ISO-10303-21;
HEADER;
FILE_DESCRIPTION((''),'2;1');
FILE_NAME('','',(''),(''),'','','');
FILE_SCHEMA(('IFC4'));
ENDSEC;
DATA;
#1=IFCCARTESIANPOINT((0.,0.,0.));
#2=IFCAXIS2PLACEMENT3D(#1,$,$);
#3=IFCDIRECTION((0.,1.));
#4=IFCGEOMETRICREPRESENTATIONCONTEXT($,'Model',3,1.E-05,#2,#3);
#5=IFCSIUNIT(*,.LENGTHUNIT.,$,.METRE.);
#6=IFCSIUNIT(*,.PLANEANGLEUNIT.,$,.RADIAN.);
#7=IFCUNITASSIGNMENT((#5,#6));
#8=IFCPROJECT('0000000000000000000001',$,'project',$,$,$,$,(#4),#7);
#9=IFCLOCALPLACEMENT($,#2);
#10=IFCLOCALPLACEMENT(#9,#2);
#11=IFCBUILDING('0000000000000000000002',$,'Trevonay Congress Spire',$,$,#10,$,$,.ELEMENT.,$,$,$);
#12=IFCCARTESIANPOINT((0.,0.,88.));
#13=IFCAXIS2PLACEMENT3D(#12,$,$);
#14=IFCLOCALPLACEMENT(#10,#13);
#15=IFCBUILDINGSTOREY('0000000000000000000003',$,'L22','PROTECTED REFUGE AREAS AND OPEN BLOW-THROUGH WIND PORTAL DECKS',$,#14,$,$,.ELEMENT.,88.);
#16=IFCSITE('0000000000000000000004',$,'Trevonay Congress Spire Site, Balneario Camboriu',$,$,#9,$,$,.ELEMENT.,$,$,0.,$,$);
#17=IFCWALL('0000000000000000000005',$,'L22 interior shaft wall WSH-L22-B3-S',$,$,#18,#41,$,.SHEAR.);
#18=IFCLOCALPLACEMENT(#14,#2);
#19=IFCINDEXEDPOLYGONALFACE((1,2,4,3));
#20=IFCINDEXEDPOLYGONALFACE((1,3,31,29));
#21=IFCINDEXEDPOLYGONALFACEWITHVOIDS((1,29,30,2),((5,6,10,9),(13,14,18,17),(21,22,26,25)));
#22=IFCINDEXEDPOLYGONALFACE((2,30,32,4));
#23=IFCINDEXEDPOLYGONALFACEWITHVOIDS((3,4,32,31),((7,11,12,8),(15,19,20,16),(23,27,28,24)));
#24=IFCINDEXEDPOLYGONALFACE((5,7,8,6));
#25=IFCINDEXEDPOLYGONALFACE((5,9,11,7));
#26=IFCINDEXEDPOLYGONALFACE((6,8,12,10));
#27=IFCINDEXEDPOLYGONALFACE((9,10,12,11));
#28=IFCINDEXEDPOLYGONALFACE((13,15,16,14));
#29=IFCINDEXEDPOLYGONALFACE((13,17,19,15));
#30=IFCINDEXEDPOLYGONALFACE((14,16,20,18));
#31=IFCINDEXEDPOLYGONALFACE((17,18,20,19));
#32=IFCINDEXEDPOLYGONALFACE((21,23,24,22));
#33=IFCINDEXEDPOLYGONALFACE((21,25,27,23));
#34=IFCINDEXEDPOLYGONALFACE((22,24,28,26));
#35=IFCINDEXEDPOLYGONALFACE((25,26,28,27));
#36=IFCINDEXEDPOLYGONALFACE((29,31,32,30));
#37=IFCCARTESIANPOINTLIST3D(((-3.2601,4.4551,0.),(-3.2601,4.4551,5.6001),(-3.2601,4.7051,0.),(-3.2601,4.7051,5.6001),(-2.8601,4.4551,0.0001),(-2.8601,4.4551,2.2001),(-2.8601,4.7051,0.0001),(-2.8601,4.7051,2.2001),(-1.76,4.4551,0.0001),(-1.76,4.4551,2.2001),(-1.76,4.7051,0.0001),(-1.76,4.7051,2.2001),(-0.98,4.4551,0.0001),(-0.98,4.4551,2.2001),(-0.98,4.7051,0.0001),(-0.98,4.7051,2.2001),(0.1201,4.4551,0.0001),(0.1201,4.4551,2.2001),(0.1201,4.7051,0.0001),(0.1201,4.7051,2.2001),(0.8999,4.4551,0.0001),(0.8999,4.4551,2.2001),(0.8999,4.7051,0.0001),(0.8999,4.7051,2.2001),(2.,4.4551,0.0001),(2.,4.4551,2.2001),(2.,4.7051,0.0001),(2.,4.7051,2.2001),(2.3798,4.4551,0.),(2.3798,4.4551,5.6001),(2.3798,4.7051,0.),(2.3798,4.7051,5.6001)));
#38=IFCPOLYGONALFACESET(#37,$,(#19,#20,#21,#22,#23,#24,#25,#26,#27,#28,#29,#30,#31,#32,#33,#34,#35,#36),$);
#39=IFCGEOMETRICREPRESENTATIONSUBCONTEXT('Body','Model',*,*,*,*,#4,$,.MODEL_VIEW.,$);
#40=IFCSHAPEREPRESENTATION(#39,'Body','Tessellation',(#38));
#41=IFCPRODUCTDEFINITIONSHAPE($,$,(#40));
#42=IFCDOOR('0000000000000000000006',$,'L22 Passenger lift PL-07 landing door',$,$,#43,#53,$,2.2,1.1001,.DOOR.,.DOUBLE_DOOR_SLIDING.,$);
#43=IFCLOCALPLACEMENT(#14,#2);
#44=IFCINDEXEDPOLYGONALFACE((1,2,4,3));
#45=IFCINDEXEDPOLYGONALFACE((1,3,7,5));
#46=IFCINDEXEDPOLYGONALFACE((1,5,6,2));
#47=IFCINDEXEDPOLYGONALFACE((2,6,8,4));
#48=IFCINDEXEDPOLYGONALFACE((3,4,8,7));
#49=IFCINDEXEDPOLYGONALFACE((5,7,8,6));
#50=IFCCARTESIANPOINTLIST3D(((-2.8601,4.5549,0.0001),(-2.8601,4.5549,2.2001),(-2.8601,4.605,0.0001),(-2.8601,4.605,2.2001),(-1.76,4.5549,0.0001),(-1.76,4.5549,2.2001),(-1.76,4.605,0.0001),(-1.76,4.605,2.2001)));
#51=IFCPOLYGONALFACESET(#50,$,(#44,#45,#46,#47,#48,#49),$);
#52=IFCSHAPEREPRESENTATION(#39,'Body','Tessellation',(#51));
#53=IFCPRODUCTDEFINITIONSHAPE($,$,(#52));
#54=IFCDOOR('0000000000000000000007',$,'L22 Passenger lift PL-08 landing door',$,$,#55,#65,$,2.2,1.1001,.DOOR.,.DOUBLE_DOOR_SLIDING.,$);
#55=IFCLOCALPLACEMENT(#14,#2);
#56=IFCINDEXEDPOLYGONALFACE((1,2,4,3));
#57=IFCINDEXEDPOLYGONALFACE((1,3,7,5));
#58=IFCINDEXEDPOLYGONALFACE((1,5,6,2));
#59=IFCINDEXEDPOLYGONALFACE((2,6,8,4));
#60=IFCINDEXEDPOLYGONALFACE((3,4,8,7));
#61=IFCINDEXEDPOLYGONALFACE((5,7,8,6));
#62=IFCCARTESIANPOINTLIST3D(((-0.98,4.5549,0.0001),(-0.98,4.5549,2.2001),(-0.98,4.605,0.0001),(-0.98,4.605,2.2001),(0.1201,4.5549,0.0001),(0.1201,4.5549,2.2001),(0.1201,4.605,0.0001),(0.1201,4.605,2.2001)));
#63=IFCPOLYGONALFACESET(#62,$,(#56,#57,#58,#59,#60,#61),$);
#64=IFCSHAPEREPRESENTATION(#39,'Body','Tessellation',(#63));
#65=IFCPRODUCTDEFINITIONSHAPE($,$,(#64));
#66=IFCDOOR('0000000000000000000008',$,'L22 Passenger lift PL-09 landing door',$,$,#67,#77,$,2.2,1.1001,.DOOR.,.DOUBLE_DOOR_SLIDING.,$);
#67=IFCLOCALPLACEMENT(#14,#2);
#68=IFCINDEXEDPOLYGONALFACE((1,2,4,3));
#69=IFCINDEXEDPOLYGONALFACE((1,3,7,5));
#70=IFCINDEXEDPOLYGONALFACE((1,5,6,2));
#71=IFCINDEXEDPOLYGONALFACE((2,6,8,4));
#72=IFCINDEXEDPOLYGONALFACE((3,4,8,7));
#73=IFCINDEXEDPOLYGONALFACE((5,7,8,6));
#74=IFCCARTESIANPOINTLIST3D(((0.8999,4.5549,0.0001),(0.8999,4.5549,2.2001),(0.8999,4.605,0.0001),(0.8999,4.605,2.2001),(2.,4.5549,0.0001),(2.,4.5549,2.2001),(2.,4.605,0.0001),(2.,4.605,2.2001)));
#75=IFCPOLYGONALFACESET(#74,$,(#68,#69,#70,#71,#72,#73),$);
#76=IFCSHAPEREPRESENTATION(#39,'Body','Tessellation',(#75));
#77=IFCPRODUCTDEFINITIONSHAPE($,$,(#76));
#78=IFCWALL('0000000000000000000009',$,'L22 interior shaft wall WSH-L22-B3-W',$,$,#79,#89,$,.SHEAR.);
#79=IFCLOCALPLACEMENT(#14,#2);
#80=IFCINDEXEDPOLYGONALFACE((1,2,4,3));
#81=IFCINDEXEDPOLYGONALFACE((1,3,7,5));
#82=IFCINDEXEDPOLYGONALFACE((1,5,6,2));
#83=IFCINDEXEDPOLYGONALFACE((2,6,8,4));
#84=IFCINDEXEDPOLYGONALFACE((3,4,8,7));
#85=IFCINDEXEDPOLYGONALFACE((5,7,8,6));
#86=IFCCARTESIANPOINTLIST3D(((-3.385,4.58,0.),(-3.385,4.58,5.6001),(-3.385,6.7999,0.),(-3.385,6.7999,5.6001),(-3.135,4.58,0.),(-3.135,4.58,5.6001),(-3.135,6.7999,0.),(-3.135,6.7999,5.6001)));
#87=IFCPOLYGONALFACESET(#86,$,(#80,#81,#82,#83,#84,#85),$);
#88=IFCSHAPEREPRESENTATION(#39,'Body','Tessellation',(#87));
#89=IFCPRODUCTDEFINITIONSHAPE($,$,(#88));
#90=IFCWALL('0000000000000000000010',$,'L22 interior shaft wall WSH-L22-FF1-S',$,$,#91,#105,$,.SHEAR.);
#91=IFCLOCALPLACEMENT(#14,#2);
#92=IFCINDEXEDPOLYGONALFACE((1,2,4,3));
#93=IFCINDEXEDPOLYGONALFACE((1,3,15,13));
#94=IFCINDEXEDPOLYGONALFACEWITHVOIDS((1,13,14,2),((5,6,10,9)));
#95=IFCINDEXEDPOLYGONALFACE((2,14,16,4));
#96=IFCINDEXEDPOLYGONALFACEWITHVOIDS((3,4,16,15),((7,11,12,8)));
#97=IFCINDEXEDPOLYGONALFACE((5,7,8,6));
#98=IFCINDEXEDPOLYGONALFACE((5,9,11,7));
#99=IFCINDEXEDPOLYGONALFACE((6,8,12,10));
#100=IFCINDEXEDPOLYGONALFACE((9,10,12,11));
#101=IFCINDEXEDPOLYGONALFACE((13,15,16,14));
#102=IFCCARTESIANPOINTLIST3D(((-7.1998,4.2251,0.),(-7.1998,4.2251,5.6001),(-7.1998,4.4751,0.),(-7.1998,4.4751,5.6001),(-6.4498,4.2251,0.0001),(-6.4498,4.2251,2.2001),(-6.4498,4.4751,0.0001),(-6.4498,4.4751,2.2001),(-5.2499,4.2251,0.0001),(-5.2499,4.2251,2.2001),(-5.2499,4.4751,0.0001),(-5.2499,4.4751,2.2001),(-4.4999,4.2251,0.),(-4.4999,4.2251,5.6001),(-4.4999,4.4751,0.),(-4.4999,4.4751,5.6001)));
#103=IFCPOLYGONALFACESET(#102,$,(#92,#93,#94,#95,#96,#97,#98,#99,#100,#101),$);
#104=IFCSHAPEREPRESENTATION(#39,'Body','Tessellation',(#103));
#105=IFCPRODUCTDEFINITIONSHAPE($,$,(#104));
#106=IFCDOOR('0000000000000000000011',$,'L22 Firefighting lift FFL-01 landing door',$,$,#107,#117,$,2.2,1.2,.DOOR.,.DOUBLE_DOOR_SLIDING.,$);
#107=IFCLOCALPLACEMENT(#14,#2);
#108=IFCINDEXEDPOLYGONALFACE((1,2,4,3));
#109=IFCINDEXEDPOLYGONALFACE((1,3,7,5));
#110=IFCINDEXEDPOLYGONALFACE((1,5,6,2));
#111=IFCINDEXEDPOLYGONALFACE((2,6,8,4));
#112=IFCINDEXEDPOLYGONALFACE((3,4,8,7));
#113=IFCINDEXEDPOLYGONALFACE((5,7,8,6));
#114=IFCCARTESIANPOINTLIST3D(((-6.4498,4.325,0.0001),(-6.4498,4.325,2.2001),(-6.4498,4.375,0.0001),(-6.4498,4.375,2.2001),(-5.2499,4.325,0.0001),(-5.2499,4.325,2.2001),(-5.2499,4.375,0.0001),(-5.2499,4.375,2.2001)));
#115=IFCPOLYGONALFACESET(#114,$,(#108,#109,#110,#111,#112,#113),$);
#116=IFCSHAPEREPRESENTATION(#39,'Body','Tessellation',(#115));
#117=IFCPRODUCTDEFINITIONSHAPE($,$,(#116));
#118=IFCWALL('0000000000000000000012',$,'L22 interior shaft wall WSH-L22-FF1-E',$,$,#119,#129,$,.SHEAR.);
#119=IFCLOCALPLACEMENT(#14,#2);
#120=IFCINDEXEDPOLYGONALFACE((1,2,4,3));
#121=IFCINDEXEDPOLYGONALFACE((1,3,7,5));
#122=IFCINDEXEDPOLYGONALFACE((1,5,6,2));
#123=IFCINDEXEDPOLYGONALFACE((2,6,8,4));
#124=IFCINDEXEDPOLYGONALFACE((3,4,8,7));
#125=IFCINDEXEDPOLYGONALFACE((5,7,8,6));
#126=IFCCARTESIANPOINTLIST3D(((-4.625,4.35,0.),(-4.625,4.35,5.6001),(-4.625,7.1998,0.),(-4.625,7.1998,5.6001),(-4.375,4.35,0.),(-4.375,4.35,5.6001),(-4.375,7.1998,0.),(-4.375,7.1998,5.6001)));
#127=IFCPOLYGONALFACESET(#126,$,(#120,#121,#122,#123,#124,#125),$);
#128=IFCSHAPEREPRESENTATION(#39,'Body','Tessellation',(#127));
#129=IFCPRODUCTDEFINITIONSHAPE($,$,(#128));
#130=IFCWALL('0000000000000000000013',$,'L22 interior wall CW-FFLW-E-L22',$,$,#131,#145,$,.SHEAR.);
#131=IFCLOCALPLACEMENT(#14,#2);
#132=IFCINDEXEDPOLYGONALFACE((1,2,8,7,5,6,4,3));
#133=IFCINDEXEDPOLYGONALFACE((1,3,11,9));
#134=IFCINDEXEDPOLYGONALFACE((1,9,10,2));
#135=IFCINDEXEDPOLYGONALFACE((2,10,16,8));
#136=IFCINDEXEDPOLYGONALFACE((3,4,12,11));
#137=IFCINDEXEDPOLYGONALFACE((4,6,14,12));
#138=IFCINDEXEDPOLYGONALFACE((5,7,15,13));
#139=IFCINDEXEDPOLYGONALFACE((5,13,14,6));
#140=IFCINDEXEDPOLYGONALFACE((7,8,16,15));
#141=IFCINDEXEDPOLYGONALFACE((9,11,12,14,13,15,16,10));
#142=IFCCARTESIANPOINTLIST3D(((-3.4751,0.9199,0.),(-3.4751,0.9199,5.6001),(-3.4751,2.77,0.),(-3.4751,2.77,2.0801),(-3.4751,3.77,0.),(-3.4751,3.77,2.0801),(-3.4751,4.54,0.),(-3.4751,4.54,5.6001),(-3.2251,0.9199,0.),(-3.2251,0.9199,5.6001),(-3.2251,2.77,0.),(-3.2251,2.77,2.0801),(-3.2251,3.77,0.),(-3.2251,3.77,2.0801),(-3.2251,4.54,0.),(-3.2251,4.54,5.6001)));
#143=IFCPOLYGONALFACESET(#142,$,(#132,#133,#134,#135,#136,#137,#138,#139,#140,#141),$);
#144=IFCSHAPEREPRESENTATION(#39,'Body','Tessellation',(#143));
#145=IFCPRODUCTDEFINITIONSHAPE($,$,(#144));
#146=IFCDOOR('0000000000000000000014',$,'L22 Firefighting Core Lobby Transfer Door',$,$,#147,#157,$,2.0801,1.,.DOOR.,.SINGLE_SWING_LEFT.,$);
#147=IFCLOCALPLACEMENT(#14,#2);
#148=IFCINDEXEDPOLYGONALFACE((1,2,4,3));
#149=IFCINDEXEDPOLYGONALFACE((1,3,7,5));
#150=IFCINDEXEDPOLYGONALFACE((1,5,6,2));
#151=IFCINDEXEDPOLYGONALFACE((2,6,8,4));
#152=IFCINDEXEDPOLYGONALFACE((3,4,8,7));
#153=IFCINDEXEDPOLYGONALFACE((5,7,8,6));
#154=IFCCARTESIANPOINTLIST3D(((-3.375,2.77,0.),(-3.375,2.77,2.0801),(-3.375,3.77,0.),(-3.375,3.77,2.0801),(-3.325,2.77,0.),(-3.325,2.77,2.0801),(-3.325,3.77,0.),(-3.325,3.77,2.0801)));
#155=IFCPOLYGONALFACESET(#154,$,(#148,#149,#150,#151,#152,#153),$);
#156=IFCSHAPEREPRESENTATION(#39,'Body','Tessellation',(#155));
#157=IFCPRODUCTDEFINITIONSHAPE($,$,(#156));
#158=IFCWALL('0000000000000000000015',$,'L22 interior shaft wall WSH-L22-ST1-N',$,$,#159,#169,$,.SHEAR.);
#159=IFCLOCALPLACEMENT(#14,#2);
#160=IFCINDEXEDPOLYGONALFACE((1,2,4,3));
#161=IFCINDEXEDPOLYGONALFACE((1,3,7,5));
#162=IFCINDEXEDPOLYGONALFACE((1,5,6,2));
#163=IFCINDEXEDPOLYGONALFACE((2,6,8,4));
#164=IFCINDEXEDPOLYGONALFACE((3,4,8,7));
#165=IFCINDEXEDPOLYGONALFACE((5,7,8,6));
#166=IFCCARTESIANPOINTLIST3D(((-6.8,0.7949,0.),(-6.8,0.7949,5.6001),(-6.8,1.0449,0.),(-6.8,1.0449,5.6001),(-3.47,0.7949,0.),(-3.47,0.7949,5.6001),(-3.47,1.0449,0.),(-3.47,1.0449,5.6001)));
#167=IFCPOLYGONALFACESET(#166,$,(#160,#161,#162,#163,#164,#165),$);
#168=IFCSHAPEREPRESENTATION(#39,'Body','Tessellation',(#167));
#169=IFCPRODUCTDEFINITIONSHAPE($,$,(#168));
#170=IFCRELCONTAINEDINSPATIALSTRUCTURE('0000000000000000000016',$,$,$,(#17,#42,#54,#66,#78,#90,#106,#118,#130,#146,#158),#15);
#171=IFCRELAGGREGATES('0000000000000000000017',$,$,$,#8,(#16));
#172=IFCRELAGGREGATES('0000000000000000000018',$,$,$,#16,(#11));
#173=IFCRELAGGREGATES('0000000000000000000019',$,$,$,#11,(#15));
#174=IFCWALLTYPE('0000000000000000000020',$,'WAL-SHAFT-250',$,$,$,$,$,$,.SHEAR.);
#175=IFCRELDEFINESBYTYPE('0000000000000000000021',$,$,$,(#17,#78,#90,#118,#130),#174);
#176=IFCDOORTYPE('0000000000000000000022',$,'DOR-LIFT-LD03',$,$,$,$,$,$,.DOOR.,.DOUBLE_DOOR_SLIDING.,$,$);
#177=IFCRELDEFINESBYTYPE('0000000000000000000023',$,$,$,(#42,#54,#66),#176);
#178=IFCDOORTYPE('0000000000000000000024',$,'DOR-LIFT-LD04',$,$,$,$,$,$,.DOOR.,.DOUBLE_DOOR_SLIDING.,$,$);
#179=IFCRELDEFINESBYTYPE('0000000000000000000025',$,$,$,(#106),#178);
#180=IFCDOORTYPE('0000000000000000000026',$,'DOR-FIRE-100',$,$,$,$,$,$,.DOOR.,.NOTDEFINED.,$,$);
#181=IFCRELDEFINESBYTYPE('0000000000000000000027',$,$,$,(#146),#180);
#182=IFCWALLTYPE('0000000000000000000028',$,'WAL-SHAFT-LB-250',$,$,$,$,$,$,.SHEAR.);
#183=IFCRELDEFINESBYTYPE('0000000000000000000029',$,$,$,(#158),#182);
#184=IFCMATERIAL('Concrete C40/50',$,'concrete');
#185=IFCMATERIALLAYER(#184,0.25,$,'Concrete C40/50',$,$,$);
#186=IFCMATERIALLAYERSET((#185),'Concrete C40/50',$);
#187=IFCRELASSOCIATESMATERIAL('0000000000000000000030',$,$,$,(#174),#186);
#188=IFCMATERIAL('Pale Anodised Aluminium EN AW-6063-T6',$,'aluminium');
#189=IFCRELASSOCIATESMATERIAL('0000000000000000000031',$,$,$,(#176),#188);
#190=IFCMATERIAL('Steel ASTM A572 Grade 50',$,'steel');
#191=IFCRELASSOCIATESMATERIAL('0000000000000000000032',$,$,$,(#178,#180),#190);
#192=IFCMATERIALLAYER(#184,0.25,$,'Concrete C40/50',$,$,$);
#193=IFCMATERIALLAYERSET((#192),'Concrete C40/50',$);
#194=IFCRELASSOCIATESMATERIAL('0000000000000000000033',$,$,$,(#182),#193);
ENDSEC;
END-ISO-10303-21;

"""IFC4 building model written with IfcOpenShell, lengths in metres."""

from ifc_helpers import new_model, si_unit, direction, frame, frame_2d, origin, place, context, subcontext, project, spatial, rectangle, extrude, material, layer, layer_set, type_object, element, fill, save


model = new_model("IFC4")

# Units and contexts
model_context = context("Model", 3, precision=1e-05, world=origin(), true_north=direction((0.0, 1.0)))
body_context = subcontext(model_context, "Body", "Model", "MODEL_VIEW")
ifc_project = project(units=[si_unit("LENGTHUNIT", "METRE"), si_unit("PLANEANGLEUNIT", "RADIAN")], contexts=[model_context])

# Site, building, storey
site_placement = place(None, origin())
site = spatial("IfcSite", under=ifc_project, at=site_placement, Name="Trevonay Congress Spire Site, Balneario Camboriu", CompositionType="ELEMENT", RefElevation=0.0)
building_placement = place(site_placement, origin())
building = spatial("IfcBuilding", under=site, at=building_placement, Name="Trevonay Congress Spire", CompositionType="ELEMENT")
storey_placement = place(building_placement, frame((0.0, 0.0, 88.0)))
storey = spatial("IfcBuildingStorey", under=building, at=storey_placement, Name="L22", Description="PROTECTED REFUGE AREAS AND OPEN BLOW-THROUGH WIND PORTAL DECKS", CompositionType="ELEMENT", Elevation=88.0)

# Shared definitions
ifc_material_1 = material(Name="Steel ASTM A572 Grade 50", Category="steel")

# Wall, openings, doors
ifc_material_2 = material(Name="Concrete C40/50", Category="concrete")
ifc_layer_1 = layer(ifc_material_2, 0.25, Name="Concrete C40/50")
ifc_layer_set_1 = layer_set([ifc_layer_1], Name="Concrete C40/50")
wall_type_1 = type_object("IfcWallType", Name="WAL-SHAFT-250", PredefinedType="SHEAR", material=ifc_layer_set_1)
ifc_material_3 = material(Name="Pale Anodised Aluminium EN AW-6063-T6", Category="aluminium")
wall_1_placement = place(storey_placement, frame((-3.26, 4.5801, 0.0), z_axis=(0.0, 0.0, 1.0), x_axis=(1.0, 0.0, 0.0)))
wall_1 = element("IfcWall", 1, at=wall_1_placement, inside=storey, type_object=wall_type_1, Name="L22 interior shaft wall WSH-L22-B3-S", PredefinedType="SHEAR", context=body_context, shape_type="SweptSolid", body=[
    extrude(rectangle(XDim=5.6399, YDim=0.25, at=frame_2d((2.8198, 0.0))), origin(), (0.0, 0.0, 1.0), 5.6001),
])
opening_1_placement = place(wall_1_placement, frame((0.3999, 0.0, 0.0)))
opening_1 = element("IfcOpeningElement", 2, at=opening_1_placement, cuts=wall_1, PredefinedType="OPENING", context=body_context, shape_type="SweptSolid", body=[
    extrude(rectangle(XDim=1.1001, YDim=2.2, at=frame_2d((0.55, 1.1001))), frame((0.0, 0.135, 0.0), z_axis=(0.0, -1.0, 0.0), x_axis=(1.0, 0.0, 0.0)), (0.0, 0.0, 1.0), 0.27),
])
opening_2_placement = place(wall_1_placement, frame((2.28, 0.0, 0.0)))
opening_2 = element("IfcOpeningElement", 3, at=opening_2_placement, cuts=wall_1, PredefinedType="OPENING", context=body_context, shape_type="SweptSolid", body=[
    extrude(rectangle(XDim=1.1001, YDim=2.2, at=frame_2d((0.55, 1.1001))), frame((0.0, 0.135, 0.0), z_axis=(0.0, -1.0, 0.0), x_axis=(1.0, 0.0, 0.0)), (0.0, 0.0, 1.0), 0.27),
])
opening_3_placement = place(wall_1_placement, frame((4.1599, 0.0, 0.0)))
opening_3 = element("IfcOpeningElement", 4, at=opening_3_placement, cuts=wall_1, PredefinedType="OPENING", context=body_context, shape_type="SweptSolid", body=[
    extrude(rectangle(XDim=1.1001, YDim=2.2, at=frame_2d((0.55, 1.1001))), frame((0.0, 0.135, 0.0), z_axis=(0.0, -1.0, 0.0), x_axis=(1.0, 0.0, 0.0)), (0.0, 0.0, 1.0), 0.27),
])
door_type_1 = type_object("IfcDoorType", Name="DOR-LIFT-LD03", OperationType="DOUBLE_DOOR_SLIDING", PredefinedType="DOOR", material=ifc_material_3)
door_1_placement = place(opening_1_placement, origin())
door_1 = element("IfcDoor", 5, at=door_1_placement, inside=storey, type_object=door_type_1, Name="L22 Passenger lift PL-07 landing door", OperationType="DOUBLE_DOOR_SLIDING", OverallHeight=2.2, OverallWidth=1.1001, PredefinedType="DOOR", context=body_context, shape_type="SweptSolid", body=[
    extrude(rectangle(XDim=1.1001, YDim=2.2, at=frame_2d((0.55, 1.1001))), frame((0.0, 0.0249, 0.0), z_axis=(0.0, -1.0, 0.0), x_axis=(1.0, 0.0, 0.0)), (0.0, 0.0, 1.0), 0.05),
])
fill(opening_1, door_1)
door_2_placement = place(opening_2_placement, origin())
door_2 = element("IfcDoor", 6, at=door_2_placement, inside=storey, type_object=door_type_1, Name="L22 Passenger lift PL-08 landing door", OperationType="DOUBLE_DOOR_SLIDING", OverallHeight=2.2, OverallWidth=1.1001, PredefinedType="DOOR", context=body_context, shape_type="SweptSolid", body=[
    extrude(rectangle(XDim=1.1001, YDim=2.2, at=frame_2d((0.55, 1.1001))), frame((0.0, 0.0249, 0.0), z_axis=(0.0, -1.0, 0.0), x_axis=(1.0, 0.0, 0.0)), (0.0, 0.0, 1.0), 0.05),
])
fill(opening_2, door_2)
door_3_placement = place(opening_3_placement, origin())
door_3 = element("IfcDoor", 7, at=door_3_placement, inside=storey, type_object=door_type_1, Name="L22 Passenger lift PL-09 landing door", OperationType="DOUBLE_DOOR_SLIDING", OverallHeight=2.2, OverallWidth=1.1001, PredefinedType="DOOR", context=body_context, shape_type="SweptSolid", body=[
    extrude(rectangle(XDim=1.1001, YDim=2.2, at=frame_2d((0.55, 1.1001))), frame((0.0, 0.0249, 0.0), z_axis=(0.0, -1.0, 0.0), x_axis=(1.0, 0.0, 0.0)), (0.0, 0.0, 1.0), 0.05),
])
fill(opening_3, door_3)

# Wall
wall_2_placement = place(storey_placement, frame((-3.26, 4.5801, 0.0), z_axis=(0.0, 0.0, 1.0), x_axis=(0.0, 1.0, 0.0)))
element("IfcWall", 8, at=wall_2_placement, inside=storey, type_object=wall_type_1, Name="L22 interior shaft wall WSH-L22-B3-W", PredefinedType="SHEAR", context=body_context, shape_type="SweptSolid", body=[
    extrude(rectangle(XDim=2.22, YDim=0.25, at=frame_2d((1.1099, 0.0))), origin(), (0.0, 0.0, 1.0), 5.6001),
])

# Wall, opening, door
wall_3_placement = place(storey_placement, frame((-7.2, 4.3501, 0.0), z_axis=(0.0, 0.0, 1.0), x_axis=(1.0, 0.0, 0.0)))
wall_3 = element("IfcWall", 9, at=wall_3_placement, inside=storey, type_object=wall_type_1, Name="L22 interior shaft wall WSH-L22-FF1-S", PredefinedType="SHEAR", context=body_context, shape_type="SweptSolid", body=[
    extrude(rectangle(XDim=2.7, YDim=0.25, at=frame_2d((1.3501, 0.0))), origin(), (0.0, 0.0, 1.0), 5.6001),
])
opening_4_placement = place(wall_3_placement, frame((0.75, 0.0, 0.0)))
opening_4 = element("IfcOpeningElement", 10, at=opening_4_placement, cuts=wall_3, PredefinedType="OPENING", context=body_context, shape_type="SweptSolid", body=[
    extrude(rectangle(XDim=1.2, YDim=2.2, at=frame_2d((0.6001, 1.1001))), frame((0.0, 0.135, 0.0), z_axis=(0.0, -1.0, 0.0), x_axis=(1.0, 0.0, 0.0)), (0.0, 0.0, 1.0), 0.27),
])
door_type_2 = type_object("IfcDoorType", Name="DOR-LIFT-LD04", OperationType="DOUBLE_DOOR_SLIDING", PredefinedType="DOOR", material=ifc_material_1)
door_4_placement = place(opening_4_placement, origin())
door_4 = element("IfcDoor", 11, at=door_4_placement, inside=storey, type_object=door_type_2, Name="L22 Firefighting lift FFL-01 landing door", OperationType="DOUBLE_DOOR_SLIDING", OverallHeight=2.2, OverallWidth=1.2, PredefinedType="DOOR", context=body_context, shape_type="SweptSolid", body=[
    extrude(rectangle(XDim=1.2, YDim=2.2, at=frame_2d((0.6001, 1.1001))), frame((0.0, 0.0249, 0.0), z_axis=(0.0, -1.0, 0.0), x_axis=(1.0, 0.0, 0.0)), (0.0, 0.0, 1.0), 0.05),
])
fill(opening_4, door_4)

# Wall
wall_4_placement = place(storey_placement, frame((-4.5, 4.3501, 0.0), z_axis=(0.0, 0.0, 1.0), x_axis=(0.0, 1.0, 0.0)))
element("IfcWall", 12, at=wall_4_placement, inside=storey, type_object=wall_type_1, Name="L22 interior shaft wall WSH-L22-FF1-E", PredefinedType="SHEAR", context=body_context, shape_type="SweptSolid", body=[
    extrude(rectangle(XDim=2.8499, YDim=0.25, at=frame_2d((1.4248, 0.0))), origin(), (0.0, 0.0, 1.0), 5.6001),
])

# Wall, opening, door
wall_5_placement = place(storey_placement, frame((-3.3501, 0.9199, 0.0), z_axis=(0.0, 0.0, 1.0), x_axis=(0.0, 1.0, 0.0)))
wall_5 = element("IfcWall", 13, at=wall_5_placement, inside=storey, type_object=wall_type_1, Name="L22 interior wall CW-FFLW-E-L22", PredefinedType="SHEAR", context=body_context, shape_type="SweptSolid", body=[
    extrude(rectangle(XDim=3.6201, YDim=0.25, at=frame_2d((1.8101, 0.0))), origin(), (0.0, 0.0, 1.0), 5.6001),
])
opening_5_placement = place(wall_5_placement, frame((1.8501, 0.0, 0.0)))
opening_5 = element("IfcOpeningElement", 14, at=opening_5_placement, cuts=wall_5, PredefinedType="OPENING", context=body_context, shape_type="SweptSolid", body=[
    extrude(rectangle(XDim=1.0, YDim=2.0801, at=frame_2d((0.5, 1.04))), frame((0.0, 0.135, 0.0), z_axis=(0.0, -1.0, 0.0), x_axis=(1.0, 0.0, 0.0)), (0.0, 0.0, 1.0), 0.27),
])
door_type_3 = type_object("IfcDoorType", Name="DOR-FIRE-100", OperationType="NOTDEFINED", PredefinedType="DOOR", material=ifc_material_1)
door_5_placement = place(opening_5_placement, origin())
door_5 = element("IfcDoor", 15, at=door_5_placement, inside=storey, type_object=door_type_3, Name="L22 Firefighting Core Lobby Transfer Door", OperationType="SINGLE_SWING_LEFT", OverallHeight=2.0801, OverallWidth=1.0, PredefinedType="DOOR", context=body_context, shape_type="SweptSolid", body=[
    extrude(rectangle(XDim=1.0, YDim=2.0801, at=frame_2d((0.5, 1.04))), frame((0.0, 0.0249, 0.0), z_axis=(0.0, -1.0, 0.0), x_axis=(1.0, 0.0, 0.0)), (0.0, 0.0, 1.0), 0.05),
])
fill(opening_5, door_5)

# Wall
ifc_layer_2 = layer(ifc_material_2, 0.25, Name="Concrete C40/50")
ifc_layer_set_2 = layer_set([ifc_layer_2], Name="Concrete C40/50")
wall_type_2 = type_object("IfcWallType", Name="WAL-SHAFT-LB-250", PredefinedType="SHEAR", material=ifc_layer_set_2)
wall_6_placement = place(storey_placement, frame((-6.8, 0.9199, 0.0), z_axis=(0.0, 0.0, 1.0), x_axis=(1.0, 0.0, 0.0)))
element("IfcWall", 16, at=wall_6_placement, inside=storey, type_object=wall_type_2, Name="L22 interior shaft wall WSH-L22-ST1-N", PredefinedType="SHEAR", context=body_context, shape_type="SweptSolid", body=[
    extrude(rectangle(XDim=3.3301, YDim=0.25, at=frame_2d((1.665, 0.0))), origin(), (0.0, 0.0, 1.0), 5.6001),
])

save(model, "model.ifc")
